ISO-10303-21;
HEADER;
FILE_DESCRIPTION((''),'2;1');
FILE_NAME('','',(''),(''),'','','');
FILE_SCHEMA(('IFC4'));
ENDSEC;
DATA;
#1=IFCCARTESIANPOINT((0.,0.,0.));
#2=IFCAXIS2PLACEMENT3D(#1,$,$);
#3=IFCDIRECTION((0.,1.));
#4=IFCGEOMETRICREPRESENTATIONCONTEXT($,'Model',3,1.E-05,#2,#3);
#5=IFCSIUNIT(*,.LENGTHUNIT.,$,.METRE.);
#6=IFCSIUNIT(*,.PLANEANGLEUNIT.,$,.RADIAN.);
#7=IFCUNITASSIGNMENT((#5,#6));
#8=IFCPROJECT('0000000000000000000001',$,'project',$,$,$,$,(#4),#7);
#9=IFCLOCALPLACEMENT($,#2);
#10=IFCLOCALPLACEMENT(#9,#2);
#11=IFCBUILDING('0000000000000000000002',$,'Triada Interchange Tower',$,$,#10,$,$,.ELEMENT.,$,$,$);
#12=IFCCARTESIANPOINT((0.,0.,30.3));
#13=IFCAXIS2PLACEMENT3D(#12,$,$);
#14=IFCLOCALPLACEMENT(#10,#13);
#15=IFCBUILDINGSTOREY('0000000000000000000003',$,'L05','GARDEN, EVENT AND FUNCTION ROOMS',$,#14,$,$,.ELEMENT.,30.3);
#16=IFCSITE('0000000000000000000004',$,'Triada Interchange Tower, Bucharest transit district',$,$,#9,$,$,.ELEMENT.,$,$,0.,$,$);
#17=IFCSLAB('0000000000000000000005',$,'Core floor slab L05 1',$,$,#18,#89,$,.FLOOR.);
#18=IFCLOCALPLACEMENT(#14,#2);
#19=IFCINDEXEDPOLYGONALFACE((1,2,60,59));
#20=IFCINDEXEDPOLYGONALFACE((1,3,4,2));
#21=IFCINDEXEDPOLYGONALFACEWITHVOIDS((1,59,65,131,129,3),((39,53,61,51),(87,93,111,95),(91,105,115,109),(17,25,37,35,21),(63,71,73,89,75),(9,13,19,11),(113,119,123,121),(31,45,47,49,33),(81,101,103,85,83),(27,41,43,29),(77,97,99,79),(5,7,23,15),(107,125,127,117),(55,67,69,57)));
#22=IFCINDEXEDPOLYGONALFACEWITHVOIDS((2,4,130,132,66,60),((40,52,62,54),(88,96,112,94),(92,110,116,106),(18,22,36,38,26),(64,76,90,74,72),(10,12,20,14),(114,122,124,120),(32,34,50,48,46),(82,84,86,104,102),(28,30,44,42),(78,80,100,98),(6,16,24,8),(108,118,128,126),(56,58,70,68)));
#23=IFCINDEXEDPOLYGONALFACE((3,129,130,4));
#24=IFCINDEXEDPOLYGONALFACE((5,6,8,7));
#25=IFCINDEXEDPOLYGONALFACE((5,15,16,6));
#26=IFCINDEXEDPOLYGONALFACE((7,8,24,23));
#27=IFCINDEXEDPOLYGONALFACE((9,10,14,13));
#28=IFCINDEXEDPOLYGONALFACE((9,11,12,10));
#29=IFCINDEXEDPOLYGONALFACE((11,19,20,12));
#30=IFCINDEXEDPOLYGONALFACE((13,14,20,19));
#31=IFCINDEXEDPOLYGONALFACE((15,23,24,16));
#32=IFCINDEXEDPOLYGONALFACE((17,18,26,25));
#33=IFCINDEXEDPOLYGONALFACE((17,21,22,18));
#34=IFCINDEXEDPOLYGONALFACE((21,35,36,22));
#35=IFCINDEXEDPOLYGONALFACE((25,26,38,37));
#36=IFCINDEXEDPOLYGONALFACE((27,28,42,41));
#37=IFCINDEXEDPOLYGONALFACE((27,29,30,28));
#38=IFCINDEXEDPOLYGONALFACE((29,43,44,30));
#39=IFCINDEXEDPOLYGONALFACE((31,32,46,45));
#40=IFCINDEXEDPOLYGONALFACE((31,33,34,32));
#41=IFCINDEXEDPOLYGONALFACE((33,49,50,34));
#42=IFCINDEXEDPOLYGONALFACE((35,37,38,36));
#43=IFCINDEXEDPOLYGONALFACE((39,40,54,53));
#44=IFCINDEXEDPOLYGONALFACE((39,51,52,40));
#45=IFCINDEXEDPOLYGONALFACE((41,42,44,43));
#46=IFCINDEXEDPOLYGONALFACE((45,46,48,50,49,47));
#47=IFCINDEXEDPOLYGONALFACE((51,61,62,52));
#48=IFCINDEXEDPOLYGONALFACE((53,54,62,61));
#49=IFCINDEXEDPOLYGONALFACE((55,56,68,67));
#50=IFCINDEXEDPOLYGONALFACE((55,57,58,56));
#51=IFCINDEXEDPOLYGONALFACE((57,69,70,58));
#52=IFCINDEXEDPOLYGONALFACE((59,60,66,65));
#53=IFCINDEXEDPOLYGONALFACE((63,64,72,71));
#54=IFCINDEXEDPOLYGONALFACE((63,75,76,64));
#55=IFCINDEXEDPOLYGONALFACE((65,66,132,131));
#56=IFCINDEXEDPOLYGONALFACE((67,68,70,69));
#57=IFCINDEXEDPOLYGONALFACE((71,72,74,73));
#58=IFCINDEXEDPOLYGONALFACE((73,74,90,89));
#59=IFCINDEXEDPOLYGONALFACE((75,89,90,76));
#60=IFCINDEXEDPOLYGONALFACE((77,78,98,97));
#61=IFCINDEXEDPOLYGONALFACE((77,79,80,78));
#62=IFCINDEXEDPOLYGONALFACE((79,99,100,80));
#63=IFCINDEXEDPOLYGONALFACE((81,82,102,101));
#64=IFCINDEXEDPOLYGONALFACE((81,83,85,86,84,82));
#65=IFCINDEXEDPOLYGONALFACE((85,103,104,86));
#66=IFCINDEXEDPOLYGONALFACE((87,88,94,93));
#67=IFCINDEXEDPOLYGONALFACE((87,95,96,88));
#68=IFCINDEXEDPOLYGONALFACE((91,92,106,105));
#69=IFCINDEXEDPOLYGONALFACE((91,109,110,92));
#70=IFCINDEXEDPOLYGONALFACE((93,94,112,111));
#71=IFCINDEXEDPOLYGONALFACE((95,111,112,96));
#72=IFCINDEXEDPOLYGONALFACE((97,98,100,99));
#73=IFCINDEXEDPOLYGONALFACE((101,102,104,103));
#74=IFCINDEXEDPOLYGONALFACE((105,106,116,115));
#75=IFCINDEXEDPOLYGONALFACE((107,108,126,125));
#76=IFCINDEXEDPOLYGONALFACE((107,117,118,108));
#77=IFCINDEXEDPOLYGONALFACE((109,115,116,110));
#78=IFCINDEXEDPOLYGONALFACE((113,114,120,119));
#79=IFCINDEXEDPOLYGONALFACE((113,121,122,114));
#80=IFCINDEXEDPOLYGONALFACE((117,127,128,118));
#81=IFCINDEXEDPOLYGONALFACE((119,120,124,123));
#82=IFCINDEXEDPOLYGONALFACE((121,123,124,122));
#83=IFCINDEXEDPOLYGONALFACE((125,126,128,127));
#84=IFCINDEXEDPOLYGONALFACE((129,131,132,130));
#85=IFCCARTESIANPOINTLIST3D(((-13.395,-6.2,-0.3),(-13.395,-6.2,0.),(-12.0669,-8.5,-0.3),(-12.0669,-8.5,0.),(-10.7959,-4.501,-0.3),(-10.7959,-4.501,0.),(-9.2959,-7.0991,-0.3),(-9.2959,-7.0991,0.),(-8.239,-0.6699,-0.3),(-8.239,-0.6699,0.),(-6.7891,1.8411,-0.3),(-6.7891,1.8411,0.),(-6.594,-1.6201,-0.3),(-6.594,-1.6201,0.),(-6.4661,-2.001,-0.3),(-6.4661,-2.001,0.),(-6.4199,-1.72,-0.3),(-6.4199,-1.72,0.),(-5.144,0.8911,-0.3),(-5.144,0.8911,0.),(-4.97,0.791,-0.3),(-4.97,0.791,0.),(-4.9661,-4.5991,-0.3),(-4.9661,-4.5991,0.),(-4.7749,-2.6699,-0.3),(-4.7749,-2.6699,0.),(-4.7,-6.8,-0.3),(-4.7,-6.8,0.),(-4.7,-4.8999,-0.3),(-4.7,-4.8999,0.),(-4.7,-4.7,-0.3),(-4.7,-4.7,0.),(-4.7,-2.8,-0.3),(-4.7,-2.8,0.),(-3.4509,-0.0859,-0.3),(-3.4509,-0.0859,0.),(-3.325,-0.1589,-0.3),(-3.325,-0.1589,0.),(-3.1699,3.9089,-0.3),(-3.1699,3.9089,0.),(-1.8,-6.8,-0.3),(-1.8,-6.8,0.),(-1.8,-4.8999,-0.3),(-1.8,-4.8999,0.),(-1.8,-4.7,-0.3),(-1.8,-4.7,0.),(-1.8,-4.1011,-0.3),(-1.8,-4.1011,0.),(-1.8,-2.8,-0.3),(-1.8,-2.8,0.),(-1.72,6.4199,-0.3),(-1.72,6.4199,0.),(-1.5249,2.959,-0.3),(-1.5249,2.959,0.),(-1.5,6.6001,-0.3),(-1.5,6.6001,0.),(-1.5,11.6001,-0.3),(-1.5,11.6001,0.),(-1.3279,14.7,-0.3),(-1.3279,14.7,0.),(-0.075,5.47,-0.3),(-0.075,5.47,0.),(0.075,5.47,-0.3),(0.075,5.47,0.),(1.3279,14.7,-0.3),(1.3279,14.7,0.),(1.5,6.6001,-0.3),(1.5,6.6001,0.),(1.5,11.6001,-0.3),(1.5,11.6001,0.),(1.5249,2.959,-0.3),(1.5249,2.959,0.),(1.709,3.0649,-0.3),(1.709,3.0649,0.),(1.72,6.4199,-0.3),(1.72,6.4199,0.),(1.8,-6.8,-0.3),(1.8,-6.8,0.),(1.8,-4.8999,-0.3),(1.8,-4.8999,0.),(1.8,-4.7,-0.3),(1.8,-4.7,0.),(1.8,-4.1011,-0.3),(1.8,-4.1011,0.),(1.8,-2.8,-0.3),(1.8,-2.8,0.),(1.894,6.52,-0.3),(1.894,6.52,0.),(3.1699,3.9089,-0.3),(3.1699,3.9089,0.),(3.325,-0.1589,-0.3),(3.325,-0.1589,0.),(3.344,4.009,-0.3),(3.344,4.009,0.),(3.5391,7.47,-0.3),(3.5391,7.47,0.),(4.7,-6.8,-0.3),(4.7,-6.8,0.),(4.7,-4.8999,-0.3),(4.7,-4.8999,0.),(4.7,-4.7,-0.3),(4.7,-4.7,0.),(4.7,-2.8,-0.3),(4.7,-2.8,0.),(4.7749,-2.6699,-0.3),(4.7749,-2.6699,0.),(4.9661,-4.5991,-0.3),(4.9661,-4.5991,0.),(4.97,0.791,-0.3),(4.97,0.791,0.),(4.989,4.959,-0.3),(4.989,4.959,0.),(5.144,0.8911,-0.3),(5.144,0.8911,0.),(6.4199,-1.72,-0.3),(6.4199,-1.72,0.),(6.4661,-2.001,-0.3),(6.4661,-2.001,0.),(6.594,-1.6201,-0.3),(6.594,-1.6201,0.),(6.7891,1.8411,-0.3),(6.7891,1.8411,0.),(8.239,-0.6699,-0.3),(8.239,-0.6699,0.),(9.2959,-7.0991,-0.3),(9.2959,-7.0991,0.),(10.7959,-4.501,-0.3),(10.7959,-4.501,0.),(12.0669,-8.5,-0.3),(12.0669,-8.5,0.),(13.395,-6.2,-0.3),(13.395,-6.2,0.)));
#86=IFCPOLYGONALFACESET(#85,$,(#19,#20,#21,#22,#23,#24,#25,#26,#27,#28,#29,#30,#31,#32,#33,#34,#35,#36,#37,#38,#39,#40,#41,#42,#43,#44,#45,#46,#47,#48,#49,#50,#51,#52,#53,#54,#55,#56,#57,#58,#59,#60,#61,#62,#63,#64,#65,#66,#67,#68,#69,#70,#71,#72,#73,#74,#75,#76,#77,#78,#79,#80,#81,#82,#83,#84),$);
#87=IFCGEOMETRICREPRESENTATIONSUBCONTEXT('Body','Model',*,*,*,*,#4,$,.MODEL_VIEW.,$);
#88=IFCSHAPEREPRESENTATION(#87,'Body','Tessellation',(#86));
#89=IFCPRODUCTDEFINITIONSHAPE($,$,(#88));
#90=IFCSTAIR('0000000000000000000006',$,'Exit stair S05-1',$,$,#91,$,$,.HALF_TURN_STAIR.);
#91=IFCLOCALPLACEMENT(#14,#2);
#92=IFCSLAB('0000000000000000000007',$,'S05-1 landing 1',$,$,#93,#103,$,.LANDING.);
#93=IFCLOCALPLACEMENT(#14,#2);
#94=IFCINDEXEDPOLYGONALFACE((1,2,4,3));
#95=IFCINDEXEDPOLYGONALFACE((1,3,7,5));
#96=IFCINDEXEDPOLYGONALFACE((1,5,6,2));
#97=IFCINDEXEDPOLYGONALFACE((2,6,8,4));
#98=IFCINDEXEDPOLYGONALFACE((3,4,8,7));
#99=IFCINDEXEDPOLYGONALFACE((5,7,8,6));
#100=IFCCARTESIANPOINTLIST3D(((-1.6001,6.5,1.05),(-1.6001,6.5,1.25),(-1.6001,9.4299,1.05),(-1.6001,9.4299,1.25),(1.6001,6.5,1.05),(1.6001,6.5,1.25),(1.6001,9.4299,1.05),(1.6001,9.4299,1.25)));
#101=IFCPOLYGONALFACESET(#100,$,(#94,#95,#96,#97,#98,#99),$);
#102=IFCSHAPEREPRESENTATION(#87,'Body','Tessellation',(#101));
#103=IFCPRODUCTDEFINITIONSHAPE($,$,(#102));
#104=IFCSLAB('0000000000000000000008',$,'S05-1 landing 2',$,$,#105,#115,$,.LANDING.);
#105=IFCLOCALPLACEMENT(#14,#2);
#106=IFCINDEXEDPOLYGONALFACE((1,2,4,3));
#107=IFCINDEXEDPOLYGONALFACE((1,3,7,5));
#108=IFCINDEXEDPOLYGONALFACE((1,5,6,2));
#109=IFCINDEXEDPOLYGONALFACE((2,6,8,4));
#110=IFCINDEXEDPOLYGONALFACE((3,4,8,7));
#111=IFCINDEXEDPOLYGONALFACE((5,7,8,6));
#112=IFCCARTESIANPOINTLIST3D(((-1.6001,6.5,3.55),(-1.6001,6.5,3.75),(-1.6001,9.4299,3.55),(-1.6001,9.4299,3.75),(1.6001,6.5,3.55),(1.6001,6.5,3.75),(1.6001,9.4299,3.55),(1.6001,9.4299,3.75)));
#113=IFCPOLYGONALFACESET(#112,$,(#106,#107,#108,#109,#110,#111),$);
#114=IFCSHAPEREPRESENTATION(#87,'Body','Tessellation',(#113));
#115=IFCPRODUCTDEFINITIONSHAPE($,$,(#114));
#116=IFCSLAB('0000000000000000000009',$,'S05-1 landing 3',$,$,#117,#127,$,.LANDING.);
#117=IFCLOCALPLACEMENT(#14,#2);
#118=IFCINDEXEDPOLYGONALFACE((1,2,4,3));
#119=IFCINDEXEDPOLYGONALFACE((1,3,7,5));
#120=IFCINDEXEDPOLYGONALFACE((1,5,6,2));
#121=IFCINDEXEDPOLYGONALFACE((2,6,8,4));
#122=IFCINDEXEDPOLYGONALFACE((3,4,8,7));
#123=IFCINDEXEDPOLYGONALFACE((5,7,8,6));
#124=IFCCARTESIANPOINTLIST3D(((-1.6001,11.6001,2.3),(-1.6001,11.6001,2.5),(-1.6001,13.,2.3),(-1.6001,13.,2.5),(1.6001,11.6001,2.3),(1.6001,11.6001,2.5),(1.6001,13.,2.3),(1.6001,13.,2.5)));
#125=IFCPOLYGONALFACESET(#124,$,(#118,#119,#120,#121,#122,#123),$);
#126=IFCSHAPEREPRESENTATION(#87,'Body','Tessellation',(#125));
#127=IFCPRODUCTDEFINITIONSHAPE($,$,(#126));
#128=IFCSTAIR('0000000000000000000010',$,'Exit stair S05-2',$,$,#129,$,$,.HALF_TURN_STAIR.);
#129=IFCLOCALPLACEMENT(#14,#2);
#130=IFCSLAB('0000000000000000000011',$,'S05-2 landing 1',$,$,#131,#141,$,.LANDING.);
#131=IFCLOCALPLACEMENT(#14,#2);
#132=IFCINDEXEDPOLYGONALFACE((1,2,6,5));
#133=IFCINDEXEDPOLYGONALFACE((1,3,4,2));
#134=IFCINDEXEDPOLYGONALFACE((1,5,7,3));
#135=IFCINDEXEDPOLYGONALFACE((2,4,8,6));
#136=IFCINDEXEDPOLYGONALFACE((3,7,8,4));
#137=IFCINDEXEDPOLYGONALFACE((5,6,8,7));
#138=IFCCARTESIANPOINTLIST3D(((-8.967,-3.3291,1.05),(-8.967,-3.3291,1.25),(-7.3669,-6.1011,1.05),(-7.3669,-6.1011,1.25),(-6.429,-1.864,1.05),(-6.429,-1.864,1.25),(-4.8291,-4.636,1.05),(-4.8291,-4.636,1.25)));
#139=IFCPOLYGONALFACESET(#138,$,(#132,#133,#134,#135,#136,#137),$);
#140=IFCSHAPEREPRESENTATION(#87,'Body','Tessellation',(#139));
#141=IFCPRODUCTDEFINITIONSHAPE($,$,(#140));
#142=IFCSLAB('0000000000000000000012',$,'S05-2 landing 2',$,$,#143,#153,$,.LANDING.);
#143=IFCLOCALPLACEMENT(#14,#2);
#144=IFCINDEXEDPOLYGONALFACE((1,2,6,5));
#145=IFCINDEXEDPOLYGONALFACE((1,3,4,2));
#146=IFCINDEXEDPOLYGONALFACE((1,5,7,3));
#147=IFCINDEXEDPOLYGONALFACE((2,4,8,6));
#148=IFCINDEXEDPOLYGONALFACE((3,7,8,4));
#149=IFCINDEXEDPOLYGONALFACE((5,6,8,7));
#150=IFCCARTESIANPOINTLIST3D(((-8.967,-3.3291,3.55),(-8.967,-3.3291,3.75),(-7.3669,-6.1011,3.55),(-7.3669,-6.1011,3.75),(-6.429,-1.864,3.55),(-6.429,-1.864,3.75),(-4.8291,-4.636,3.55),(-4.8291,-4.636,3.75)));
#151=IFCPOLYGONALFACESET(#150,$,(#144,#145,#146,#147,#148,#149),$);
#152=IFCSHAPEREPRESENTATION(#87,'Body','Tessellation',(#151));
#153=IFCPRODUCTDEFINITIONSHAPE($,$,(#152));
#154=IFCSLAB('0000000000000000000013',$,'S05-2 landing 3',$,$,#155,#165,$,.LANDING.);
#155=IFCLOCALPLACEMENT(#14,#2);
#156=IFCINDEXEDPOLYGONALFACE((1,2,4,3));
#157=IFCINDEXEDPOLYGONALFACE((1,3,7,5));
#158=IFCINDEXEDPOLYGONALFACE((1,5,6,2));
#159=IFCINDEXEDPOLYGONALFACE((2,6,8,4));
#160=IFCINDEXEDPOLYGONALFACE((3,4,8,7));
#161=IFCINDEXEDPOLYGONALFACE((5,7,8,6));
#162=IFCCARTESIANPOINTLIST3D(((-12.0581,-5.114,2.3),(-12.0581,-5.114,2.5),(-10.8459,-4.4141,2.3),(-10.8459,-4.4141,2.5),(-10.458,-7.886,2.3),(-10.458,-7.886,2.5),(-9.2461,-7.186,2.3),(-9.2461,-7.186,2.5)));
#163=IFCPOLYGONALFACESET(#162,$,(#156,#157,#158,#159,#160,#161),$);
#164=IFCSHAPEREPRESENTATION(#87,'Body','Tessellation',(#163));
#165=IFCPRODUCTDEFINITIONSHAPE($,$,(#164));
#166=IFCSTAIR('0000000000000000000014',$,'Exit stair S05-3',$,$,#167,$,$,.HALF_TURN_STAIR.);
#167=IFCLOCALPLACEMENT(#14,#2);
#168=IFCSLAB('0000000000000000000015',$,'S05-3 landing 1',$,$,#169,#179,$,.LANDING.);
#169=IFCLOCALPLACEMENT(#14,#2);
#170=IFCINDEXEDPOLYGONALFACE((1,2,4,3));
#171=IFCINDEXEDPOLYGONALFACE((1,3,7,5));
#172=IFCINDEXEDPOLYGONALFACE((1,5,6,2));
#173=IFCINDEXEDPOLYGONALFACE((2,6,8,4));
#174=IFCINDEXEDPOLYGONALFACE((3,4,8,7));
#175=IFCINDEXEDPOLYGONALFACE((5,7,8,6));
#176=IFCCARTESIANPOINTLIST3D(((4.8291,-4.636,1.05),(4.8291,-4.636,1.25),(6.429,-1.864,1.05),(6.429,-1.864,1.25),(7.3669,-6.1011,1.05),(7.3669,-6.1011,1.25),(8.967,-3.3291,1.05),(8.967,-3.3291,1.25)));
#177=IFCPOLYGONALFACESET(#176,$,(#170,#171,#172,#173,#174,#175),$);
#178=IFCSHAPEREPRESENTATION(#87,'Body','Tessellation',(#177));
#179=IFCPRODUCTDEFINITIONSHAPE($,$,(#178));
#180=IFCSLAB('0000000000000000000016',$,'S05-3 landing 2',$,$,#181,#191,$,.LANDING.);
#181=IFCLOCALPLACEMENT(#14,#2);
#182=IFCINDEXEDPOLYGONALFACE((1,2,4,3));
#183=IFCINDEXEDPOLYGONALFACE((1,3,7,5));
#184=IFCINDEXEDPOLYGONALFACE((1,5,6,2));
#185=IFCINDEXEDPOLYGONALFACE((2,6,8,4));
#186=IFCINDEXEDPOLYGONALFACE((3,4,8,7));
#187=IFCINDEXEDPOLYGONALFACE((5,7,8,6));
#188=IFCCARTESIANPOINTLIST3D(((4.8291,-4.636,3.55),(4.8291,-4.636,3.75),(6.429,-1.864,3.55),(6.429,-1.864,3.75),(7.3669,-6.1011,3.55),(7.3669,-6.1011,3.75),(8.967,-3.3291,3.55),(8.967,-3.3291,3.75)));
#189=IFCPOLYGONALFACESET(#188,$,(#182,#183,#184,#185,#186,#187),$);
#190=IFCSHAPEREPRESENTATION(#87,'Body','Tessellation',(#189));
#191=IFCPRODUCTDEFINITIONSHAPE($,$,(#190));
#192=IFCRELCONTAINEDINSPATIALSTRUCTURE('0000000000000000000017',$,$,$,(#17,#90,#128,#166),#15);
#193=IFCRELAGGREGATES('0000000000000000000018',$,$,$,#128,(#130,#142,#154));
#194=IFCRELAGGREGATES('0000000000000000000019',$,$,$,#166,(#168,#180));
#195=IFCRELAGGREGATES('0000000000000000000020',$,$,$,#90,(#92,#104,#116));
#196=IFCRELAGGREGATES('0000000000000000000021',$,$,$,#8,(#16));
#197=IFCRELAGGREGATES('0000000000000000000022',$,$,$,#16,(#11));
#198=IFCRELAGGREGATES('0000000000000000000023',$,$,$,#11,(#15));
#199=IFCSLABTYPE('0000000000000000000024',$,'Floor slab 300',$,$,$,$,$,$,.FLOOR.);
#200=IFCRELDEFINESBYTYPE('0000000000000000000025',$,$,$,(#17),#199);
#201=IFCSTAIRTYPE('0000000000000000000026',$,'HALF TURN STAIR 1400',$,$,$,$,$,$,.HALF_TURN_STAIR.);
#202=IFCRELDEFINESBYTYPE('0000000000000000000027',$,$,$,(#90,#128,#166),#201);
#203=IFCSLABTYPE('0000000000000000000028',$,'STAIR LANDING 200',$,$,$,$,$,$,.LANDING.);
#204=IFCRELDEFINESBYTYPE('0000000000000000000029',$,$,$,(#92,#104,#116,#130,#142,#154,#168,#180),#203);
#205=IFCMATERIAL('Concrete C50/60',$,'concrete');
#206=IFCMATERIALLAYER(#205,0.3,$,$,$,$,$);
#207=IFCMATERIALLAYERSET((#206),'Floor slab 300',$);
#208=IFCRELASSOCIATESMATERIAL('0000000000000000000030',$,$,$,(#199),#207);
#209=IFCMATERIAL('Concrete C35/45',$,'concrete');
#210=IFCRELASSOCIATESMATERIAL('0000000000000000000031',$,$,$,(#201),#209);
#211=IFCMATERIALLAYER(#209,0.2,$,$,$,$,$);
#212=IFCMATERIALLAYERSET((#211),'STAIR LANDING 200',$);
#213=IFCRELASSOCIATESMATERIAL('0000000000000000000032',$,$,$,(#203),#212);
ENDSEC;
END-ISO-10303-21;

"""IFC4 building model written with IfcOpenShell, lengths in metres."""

from ifc_helpers import new_model, si_unit, direction, frame, origin, place, context, subcontext, project, spatial, polyline, outline, extrude, material, layer, layer_set, type_object, element, aggregate, save


model = new_model("IFC4")

# Units and contexts
model_context = context("Model", 3, precision=1e-05, world=origin(), true_north=direction((0.0, 1.0)))
body_context = subcontext(model_context, "Body", "Model", "MODEL_VIEW")
ifc_project = project(units=[si_unit("LENGTHUNIT", "METRE"), si_unit("PLANEANGLEUNIT", "RADIAN")], contexts=[model_context])

# Site, building, storey
site_placement = place(None, origin())
site = spatial("IfcSite", under=ifc_project, at=site_placement, Name="Triada Interchange Tower, Bucharest transit district", CompositionType="ELEMENT", RefElevation=0.0)
building_placement = place(site_placement, origin())
building = spatial("IfcBuilding", under=site, at=building_placement, Name="Triada Interchange Tower", CompositionType="ELEMENT")
storey_placement = place(building_placement, frame((0.0, 0.0, 30.3)))
storey = spatial("IfcBuildingStorey", under=building, at=storey_placement, Name="L05", Description="GARDEN, EVENT AND FUNCTION ROOMS", CompositionType="ELEMENT", Elevation=30.3)

# Slab
ifc_material_1 = material(Name="Concrete C50/60", Category="concrete")
ifc_layer_1 = layer(ifc_material_1, 0.3)
ifc_layer_set_1 = layer_set([ifc_layer_1], Name="Floor slab 300")
slab_type_1 = type_object("IfcSlabType", Name="Floor slab 300", PredefinedType="FLOOR", material=ifc_layer_set_1)
slab_1_placement = place(storey_placement, frame((0.0, 0.0, -0.3)))
element("IfcSlab", 1, at=slab_1_placement, inside=storey, type_object=slab_type_1, Name="Core floor slab L05 1", PredefinedType="FLOOR", context=body_context, shape_type="SweptSolid", body=[
    extrude(outline(polyline([(13.395, -6.2), (12.0669, -8.5), (-12.0669, -8.5), (-13.395, -6.2), (-1.3279, 14.7), (1.3279, 14.7), (13.395, -6.2)]), holes=[polyline([(9.2959, -7.0991), (10.7959, -4.501), (6.4661, -2.001), (4.9661, -4.5991), (9.2959, -7.0991)]), polyline([(6.7891, 1.8411), (5.144, 0.8911), (6.594, -1.6201), (8.239, -0.6699), (6.7891, 1.8411)]), polyline([(4.97, 0.791), (3.325, -0.1589), (4.7749, -2.6699), (6.4199, -1.72), (4.97, 0.791)]), polyline([(1.894, 6.52), (3.344, 4.009), (4.989, 4.959), (3.5391, 7.47), (1.894, 6.52)]), polyline([(1.8, -4.8999), (1.8, -6.8), (4.7, -6.8), (4.7, -4.8999), (1.8, -4.8999)]), polyline([(1.8, -2.8), (1.8, -4.1011), (1.8, -4.7), (4.7, -4.7), (4.7, -2.8), (1.8, -2.8)]), polyline([(1.5249, 2.959), (1.709, 3.0649), (3.1699, 3.9089), (1.72, 6.4199), (0.075, 5.47), (1.5249, 2.959)]), polyline([(1.5, 11.6001), (-1.5, 11.6001), (-1.5, 6.6001), (1.5, 6.6001), (1.5, 11.6001)]), polyline([(-1.5249, 2.959), (-0.075, 5.47), (-1.72, 6.4199), (-3.1699, 3.9089), (-1.5249, 2.959)]), polyline([(-4.7, -2.8), (-4.7, -4.7), (-1.8, -4.7), (-1.8, -4.1011), (-1.8, -2.8), (-4.7, -2.8)]), polyline([(-4.7, -4.8999), (-4.7, -6.8), (-1.8, -6.8), (-1.8, -4.8999), (-4.7, -4.8999)]), polyline([(-3.325, -0.1589), (-3.4509, -0.0859), (-4.97, 0.791), (-6.4199, -1.72), (-4.7749, -2.6699), (-3.325, -0.1589)]), polyline([(-10.7959, -4.501), (-9.2959, -7.0991), (-4.9661, -4.5991), (-6.4661, -2.001), (-10.7959, -4.501)]), polyline([(-6.594, -1.6201), (-5.144, 0.8911), (-6.7891, 1.8411), (-8.239, -0.6699), (-6.594, -1.6201)])]), origin(), (0.0, 0.0, 1.0), 0.3),
])

# Stairs, slabs
ifc_material_2 = material(Name="Concrete C35/45", Category="concrete")
stair_type = type_object("IfcStairType", Name="HALF TURN STAIR 1400", PredefinedType="HALF_TURN_STAIR", material=ifc_material_2)
stair_1_placement = place(storey_placement, origin())
stair_1 = element("IfcStair", 2, at=stair_1_placement, inside=storey, type_object=stair_type, Name="Exit stair S05-1", PredefinedType="HALF_TURN_STAIR")
ifc_layer_2 = layer(ifc_material_2, 0.2)
ifc_layer_set_2 = layer_set([ifc_layer_2], Name="STAIR LANDING 200")
slab_type_2 = type_object("IfcSlabType", Name="STAIR LANDING 200", PredefinedType="LANDING", material=ifc_layer_set_2)
slab_2_placement = place(storey_placement, frame((0.0, 0.0, 1.05)))
slab_2 = element("IfcSlab", 3, at=slab_2_placement, type_object=slab_type_2, Name="S05-1 landing 1", PredefinedType="LANDING", context=body_context, shape_type="SweptSolid", body=[
    extrude(outline(polyline([(1.6001, 6.5), (1.6001, 9.4299), (-1.6001, 9.4299), (-1.6001, 6.5), (1.6001, 6.5)])), origin(), (0.0, 0.0, 1.0), 0.2),
])
slab_3_placement = place(storey_placement, frame((0.0, 0.0, 3.55)))
slab_3 = element("IfcSlab", 4, at=slab_3_placement, type_object=slab_type_2, Name="S05-1 landing 2", PredefinedType="LANDING", context=body_context, shape_type="SweptSolid", body=[
    extrude(outline(polyline([(1.6001, 6.5), (1.6001, 9.4299), (-1.6001, 9.4299), (-1.6001, 6.5), (1.6001, 6.5)])), origin(), (0.0, 0.0, 1.0), 0.2),
])
slab_4_placement = place(storey_placement, frame((0.0, 0.0, 2.3)))
slab_4 = element("IfcSlab", 5, at=slab_4_placement, type_object=slab_type_2, Name="S05-1 landing 3", PredefinedType="LANDING", context=body_context, shape_type="SweptSolid", body=[
    extrude(outline(polyline([(1.6001, 11.6001), (1.6001, 13.0), (-1.6001, 13.0), (-1.6001, 11.6001), (1.6001, 11.6001)])), origin(), (0.0, 0.0, 1.0), 0.2),
])
stair_2_placement = place(storey_placement, origin())
stair_2 = element("IfcStair", 6, at=stair_2_placement, inside=storey, type_object=stair_type, Name="Exit stair S05-2", PredefinedType="HALF_TURN_STAIR")
slab_5_placement = place(storey_placement, frame((0.0, 0.0, 1.05)))
slab_5 = element("IfcSlab", 7, at=slab_5_placement, type_object=slab_type_2, Name="S05-2 landing 1", PredefinedType="LANDING", context=body_context, shape_type="SweptSolid", body=[
    extrude(outline(polyline([(-6.429, -1.864), (-8.967, -3.3291), (-7.3669, -6.1011), (-4.8291, -4.636), (-6.429, -1.864)])), origin(), (0.0, 0.0, 1.0), 0.2),
])
slab_6_placement = place(storey_placement, frame((0.0, 0.0, 3.55)))
slab_6 = element("IfcSlab", 8, at=slab_6_placement, type_object=slab_type_2, Name="S05-2 landing 2", PredefinedType="LANDING", context=body_context, shape_type="SweptSolid", body=[
    extrude(outline(polyline([(-6.429, -1.864), (-8.967, -3.3291), (-7.3669, -6.1011), (-4.8291, -4.636), (-6.429, -1.864)])), origin(), (0.0, 0.0, 1.0), 0.2),
])
slab_7_placement = place(storey_placement, frame((0.0, 0.0, 2.3)))
slab_7 = element("IfcSlab", 9, at=slab_7_placement, type_object=slab_type_2, Name="S05-2 landing 3", PredefinedType="LANDING", context=body_context, shape_type="SweptSolid", body=[
    extrude(outline(polyline([(-10.8459, -4.4141), (-12.0581, -5.114), (-10.458, -7.886), (-9.2461, -7.186), (-10.8459, -4.4141)])), origin(), (0.0, 0.0, 1.0), 0.2),
])
aggregate(stair_2, [slab_5, slab_6, slab_7])
stair_3_placement = place(storey_placement, origin())
stair_3 = element("IfcStair", 10, at=stair_3_placement, inside=storey, type_object=stair_type, Name="Exit stair S05-3", PredefinedType="HALF_TURN_STAIR")
slab_8_placement = place(storey_placement, frame((0.0, 0.0, 1.05)))
slab_8 = element("IfcSlab", 11, at=slab_8_placement, type_object=slab_type_2, Name="S05-3 landing 1", PredefinedType="LANDING", context=body_context, shape_type="SweptSolid", body=[
    extrude(outline(polyline([(4.8291, -4.636), (7.3669, -6.1011), (8.967, -3.3291), (6.429, -1.864), (4.8291, -4.636)])), origin(), (0.0, 0.0, 1.0), 0.2),
])
slab_9_placement = place(storey_placement, frame((0.0, 0.0, 3.55)))
slab_9 = element("IfcSlab", 12, at=slab_9_placement, type_object=slab_type_2, Name="S05-3 landing 2", PredefinedType="LANDING", context=body_context, shape_type="SweptSolid", body=[
    extrude(outline(polyline([(4.8291, -4.636), (7.3669, -6.1011), (8.967, -3.3291), (6.429, -1.864), (4.8291, -4.636)])), origin(), (0.0, 0.0, 1.0), 0.2),
])
aggregate(stair_3, [slab_8, slab_9])

aggregate(stair_1, [slab_2, slab_3, slab_4])

save(model, "model.ifc")
